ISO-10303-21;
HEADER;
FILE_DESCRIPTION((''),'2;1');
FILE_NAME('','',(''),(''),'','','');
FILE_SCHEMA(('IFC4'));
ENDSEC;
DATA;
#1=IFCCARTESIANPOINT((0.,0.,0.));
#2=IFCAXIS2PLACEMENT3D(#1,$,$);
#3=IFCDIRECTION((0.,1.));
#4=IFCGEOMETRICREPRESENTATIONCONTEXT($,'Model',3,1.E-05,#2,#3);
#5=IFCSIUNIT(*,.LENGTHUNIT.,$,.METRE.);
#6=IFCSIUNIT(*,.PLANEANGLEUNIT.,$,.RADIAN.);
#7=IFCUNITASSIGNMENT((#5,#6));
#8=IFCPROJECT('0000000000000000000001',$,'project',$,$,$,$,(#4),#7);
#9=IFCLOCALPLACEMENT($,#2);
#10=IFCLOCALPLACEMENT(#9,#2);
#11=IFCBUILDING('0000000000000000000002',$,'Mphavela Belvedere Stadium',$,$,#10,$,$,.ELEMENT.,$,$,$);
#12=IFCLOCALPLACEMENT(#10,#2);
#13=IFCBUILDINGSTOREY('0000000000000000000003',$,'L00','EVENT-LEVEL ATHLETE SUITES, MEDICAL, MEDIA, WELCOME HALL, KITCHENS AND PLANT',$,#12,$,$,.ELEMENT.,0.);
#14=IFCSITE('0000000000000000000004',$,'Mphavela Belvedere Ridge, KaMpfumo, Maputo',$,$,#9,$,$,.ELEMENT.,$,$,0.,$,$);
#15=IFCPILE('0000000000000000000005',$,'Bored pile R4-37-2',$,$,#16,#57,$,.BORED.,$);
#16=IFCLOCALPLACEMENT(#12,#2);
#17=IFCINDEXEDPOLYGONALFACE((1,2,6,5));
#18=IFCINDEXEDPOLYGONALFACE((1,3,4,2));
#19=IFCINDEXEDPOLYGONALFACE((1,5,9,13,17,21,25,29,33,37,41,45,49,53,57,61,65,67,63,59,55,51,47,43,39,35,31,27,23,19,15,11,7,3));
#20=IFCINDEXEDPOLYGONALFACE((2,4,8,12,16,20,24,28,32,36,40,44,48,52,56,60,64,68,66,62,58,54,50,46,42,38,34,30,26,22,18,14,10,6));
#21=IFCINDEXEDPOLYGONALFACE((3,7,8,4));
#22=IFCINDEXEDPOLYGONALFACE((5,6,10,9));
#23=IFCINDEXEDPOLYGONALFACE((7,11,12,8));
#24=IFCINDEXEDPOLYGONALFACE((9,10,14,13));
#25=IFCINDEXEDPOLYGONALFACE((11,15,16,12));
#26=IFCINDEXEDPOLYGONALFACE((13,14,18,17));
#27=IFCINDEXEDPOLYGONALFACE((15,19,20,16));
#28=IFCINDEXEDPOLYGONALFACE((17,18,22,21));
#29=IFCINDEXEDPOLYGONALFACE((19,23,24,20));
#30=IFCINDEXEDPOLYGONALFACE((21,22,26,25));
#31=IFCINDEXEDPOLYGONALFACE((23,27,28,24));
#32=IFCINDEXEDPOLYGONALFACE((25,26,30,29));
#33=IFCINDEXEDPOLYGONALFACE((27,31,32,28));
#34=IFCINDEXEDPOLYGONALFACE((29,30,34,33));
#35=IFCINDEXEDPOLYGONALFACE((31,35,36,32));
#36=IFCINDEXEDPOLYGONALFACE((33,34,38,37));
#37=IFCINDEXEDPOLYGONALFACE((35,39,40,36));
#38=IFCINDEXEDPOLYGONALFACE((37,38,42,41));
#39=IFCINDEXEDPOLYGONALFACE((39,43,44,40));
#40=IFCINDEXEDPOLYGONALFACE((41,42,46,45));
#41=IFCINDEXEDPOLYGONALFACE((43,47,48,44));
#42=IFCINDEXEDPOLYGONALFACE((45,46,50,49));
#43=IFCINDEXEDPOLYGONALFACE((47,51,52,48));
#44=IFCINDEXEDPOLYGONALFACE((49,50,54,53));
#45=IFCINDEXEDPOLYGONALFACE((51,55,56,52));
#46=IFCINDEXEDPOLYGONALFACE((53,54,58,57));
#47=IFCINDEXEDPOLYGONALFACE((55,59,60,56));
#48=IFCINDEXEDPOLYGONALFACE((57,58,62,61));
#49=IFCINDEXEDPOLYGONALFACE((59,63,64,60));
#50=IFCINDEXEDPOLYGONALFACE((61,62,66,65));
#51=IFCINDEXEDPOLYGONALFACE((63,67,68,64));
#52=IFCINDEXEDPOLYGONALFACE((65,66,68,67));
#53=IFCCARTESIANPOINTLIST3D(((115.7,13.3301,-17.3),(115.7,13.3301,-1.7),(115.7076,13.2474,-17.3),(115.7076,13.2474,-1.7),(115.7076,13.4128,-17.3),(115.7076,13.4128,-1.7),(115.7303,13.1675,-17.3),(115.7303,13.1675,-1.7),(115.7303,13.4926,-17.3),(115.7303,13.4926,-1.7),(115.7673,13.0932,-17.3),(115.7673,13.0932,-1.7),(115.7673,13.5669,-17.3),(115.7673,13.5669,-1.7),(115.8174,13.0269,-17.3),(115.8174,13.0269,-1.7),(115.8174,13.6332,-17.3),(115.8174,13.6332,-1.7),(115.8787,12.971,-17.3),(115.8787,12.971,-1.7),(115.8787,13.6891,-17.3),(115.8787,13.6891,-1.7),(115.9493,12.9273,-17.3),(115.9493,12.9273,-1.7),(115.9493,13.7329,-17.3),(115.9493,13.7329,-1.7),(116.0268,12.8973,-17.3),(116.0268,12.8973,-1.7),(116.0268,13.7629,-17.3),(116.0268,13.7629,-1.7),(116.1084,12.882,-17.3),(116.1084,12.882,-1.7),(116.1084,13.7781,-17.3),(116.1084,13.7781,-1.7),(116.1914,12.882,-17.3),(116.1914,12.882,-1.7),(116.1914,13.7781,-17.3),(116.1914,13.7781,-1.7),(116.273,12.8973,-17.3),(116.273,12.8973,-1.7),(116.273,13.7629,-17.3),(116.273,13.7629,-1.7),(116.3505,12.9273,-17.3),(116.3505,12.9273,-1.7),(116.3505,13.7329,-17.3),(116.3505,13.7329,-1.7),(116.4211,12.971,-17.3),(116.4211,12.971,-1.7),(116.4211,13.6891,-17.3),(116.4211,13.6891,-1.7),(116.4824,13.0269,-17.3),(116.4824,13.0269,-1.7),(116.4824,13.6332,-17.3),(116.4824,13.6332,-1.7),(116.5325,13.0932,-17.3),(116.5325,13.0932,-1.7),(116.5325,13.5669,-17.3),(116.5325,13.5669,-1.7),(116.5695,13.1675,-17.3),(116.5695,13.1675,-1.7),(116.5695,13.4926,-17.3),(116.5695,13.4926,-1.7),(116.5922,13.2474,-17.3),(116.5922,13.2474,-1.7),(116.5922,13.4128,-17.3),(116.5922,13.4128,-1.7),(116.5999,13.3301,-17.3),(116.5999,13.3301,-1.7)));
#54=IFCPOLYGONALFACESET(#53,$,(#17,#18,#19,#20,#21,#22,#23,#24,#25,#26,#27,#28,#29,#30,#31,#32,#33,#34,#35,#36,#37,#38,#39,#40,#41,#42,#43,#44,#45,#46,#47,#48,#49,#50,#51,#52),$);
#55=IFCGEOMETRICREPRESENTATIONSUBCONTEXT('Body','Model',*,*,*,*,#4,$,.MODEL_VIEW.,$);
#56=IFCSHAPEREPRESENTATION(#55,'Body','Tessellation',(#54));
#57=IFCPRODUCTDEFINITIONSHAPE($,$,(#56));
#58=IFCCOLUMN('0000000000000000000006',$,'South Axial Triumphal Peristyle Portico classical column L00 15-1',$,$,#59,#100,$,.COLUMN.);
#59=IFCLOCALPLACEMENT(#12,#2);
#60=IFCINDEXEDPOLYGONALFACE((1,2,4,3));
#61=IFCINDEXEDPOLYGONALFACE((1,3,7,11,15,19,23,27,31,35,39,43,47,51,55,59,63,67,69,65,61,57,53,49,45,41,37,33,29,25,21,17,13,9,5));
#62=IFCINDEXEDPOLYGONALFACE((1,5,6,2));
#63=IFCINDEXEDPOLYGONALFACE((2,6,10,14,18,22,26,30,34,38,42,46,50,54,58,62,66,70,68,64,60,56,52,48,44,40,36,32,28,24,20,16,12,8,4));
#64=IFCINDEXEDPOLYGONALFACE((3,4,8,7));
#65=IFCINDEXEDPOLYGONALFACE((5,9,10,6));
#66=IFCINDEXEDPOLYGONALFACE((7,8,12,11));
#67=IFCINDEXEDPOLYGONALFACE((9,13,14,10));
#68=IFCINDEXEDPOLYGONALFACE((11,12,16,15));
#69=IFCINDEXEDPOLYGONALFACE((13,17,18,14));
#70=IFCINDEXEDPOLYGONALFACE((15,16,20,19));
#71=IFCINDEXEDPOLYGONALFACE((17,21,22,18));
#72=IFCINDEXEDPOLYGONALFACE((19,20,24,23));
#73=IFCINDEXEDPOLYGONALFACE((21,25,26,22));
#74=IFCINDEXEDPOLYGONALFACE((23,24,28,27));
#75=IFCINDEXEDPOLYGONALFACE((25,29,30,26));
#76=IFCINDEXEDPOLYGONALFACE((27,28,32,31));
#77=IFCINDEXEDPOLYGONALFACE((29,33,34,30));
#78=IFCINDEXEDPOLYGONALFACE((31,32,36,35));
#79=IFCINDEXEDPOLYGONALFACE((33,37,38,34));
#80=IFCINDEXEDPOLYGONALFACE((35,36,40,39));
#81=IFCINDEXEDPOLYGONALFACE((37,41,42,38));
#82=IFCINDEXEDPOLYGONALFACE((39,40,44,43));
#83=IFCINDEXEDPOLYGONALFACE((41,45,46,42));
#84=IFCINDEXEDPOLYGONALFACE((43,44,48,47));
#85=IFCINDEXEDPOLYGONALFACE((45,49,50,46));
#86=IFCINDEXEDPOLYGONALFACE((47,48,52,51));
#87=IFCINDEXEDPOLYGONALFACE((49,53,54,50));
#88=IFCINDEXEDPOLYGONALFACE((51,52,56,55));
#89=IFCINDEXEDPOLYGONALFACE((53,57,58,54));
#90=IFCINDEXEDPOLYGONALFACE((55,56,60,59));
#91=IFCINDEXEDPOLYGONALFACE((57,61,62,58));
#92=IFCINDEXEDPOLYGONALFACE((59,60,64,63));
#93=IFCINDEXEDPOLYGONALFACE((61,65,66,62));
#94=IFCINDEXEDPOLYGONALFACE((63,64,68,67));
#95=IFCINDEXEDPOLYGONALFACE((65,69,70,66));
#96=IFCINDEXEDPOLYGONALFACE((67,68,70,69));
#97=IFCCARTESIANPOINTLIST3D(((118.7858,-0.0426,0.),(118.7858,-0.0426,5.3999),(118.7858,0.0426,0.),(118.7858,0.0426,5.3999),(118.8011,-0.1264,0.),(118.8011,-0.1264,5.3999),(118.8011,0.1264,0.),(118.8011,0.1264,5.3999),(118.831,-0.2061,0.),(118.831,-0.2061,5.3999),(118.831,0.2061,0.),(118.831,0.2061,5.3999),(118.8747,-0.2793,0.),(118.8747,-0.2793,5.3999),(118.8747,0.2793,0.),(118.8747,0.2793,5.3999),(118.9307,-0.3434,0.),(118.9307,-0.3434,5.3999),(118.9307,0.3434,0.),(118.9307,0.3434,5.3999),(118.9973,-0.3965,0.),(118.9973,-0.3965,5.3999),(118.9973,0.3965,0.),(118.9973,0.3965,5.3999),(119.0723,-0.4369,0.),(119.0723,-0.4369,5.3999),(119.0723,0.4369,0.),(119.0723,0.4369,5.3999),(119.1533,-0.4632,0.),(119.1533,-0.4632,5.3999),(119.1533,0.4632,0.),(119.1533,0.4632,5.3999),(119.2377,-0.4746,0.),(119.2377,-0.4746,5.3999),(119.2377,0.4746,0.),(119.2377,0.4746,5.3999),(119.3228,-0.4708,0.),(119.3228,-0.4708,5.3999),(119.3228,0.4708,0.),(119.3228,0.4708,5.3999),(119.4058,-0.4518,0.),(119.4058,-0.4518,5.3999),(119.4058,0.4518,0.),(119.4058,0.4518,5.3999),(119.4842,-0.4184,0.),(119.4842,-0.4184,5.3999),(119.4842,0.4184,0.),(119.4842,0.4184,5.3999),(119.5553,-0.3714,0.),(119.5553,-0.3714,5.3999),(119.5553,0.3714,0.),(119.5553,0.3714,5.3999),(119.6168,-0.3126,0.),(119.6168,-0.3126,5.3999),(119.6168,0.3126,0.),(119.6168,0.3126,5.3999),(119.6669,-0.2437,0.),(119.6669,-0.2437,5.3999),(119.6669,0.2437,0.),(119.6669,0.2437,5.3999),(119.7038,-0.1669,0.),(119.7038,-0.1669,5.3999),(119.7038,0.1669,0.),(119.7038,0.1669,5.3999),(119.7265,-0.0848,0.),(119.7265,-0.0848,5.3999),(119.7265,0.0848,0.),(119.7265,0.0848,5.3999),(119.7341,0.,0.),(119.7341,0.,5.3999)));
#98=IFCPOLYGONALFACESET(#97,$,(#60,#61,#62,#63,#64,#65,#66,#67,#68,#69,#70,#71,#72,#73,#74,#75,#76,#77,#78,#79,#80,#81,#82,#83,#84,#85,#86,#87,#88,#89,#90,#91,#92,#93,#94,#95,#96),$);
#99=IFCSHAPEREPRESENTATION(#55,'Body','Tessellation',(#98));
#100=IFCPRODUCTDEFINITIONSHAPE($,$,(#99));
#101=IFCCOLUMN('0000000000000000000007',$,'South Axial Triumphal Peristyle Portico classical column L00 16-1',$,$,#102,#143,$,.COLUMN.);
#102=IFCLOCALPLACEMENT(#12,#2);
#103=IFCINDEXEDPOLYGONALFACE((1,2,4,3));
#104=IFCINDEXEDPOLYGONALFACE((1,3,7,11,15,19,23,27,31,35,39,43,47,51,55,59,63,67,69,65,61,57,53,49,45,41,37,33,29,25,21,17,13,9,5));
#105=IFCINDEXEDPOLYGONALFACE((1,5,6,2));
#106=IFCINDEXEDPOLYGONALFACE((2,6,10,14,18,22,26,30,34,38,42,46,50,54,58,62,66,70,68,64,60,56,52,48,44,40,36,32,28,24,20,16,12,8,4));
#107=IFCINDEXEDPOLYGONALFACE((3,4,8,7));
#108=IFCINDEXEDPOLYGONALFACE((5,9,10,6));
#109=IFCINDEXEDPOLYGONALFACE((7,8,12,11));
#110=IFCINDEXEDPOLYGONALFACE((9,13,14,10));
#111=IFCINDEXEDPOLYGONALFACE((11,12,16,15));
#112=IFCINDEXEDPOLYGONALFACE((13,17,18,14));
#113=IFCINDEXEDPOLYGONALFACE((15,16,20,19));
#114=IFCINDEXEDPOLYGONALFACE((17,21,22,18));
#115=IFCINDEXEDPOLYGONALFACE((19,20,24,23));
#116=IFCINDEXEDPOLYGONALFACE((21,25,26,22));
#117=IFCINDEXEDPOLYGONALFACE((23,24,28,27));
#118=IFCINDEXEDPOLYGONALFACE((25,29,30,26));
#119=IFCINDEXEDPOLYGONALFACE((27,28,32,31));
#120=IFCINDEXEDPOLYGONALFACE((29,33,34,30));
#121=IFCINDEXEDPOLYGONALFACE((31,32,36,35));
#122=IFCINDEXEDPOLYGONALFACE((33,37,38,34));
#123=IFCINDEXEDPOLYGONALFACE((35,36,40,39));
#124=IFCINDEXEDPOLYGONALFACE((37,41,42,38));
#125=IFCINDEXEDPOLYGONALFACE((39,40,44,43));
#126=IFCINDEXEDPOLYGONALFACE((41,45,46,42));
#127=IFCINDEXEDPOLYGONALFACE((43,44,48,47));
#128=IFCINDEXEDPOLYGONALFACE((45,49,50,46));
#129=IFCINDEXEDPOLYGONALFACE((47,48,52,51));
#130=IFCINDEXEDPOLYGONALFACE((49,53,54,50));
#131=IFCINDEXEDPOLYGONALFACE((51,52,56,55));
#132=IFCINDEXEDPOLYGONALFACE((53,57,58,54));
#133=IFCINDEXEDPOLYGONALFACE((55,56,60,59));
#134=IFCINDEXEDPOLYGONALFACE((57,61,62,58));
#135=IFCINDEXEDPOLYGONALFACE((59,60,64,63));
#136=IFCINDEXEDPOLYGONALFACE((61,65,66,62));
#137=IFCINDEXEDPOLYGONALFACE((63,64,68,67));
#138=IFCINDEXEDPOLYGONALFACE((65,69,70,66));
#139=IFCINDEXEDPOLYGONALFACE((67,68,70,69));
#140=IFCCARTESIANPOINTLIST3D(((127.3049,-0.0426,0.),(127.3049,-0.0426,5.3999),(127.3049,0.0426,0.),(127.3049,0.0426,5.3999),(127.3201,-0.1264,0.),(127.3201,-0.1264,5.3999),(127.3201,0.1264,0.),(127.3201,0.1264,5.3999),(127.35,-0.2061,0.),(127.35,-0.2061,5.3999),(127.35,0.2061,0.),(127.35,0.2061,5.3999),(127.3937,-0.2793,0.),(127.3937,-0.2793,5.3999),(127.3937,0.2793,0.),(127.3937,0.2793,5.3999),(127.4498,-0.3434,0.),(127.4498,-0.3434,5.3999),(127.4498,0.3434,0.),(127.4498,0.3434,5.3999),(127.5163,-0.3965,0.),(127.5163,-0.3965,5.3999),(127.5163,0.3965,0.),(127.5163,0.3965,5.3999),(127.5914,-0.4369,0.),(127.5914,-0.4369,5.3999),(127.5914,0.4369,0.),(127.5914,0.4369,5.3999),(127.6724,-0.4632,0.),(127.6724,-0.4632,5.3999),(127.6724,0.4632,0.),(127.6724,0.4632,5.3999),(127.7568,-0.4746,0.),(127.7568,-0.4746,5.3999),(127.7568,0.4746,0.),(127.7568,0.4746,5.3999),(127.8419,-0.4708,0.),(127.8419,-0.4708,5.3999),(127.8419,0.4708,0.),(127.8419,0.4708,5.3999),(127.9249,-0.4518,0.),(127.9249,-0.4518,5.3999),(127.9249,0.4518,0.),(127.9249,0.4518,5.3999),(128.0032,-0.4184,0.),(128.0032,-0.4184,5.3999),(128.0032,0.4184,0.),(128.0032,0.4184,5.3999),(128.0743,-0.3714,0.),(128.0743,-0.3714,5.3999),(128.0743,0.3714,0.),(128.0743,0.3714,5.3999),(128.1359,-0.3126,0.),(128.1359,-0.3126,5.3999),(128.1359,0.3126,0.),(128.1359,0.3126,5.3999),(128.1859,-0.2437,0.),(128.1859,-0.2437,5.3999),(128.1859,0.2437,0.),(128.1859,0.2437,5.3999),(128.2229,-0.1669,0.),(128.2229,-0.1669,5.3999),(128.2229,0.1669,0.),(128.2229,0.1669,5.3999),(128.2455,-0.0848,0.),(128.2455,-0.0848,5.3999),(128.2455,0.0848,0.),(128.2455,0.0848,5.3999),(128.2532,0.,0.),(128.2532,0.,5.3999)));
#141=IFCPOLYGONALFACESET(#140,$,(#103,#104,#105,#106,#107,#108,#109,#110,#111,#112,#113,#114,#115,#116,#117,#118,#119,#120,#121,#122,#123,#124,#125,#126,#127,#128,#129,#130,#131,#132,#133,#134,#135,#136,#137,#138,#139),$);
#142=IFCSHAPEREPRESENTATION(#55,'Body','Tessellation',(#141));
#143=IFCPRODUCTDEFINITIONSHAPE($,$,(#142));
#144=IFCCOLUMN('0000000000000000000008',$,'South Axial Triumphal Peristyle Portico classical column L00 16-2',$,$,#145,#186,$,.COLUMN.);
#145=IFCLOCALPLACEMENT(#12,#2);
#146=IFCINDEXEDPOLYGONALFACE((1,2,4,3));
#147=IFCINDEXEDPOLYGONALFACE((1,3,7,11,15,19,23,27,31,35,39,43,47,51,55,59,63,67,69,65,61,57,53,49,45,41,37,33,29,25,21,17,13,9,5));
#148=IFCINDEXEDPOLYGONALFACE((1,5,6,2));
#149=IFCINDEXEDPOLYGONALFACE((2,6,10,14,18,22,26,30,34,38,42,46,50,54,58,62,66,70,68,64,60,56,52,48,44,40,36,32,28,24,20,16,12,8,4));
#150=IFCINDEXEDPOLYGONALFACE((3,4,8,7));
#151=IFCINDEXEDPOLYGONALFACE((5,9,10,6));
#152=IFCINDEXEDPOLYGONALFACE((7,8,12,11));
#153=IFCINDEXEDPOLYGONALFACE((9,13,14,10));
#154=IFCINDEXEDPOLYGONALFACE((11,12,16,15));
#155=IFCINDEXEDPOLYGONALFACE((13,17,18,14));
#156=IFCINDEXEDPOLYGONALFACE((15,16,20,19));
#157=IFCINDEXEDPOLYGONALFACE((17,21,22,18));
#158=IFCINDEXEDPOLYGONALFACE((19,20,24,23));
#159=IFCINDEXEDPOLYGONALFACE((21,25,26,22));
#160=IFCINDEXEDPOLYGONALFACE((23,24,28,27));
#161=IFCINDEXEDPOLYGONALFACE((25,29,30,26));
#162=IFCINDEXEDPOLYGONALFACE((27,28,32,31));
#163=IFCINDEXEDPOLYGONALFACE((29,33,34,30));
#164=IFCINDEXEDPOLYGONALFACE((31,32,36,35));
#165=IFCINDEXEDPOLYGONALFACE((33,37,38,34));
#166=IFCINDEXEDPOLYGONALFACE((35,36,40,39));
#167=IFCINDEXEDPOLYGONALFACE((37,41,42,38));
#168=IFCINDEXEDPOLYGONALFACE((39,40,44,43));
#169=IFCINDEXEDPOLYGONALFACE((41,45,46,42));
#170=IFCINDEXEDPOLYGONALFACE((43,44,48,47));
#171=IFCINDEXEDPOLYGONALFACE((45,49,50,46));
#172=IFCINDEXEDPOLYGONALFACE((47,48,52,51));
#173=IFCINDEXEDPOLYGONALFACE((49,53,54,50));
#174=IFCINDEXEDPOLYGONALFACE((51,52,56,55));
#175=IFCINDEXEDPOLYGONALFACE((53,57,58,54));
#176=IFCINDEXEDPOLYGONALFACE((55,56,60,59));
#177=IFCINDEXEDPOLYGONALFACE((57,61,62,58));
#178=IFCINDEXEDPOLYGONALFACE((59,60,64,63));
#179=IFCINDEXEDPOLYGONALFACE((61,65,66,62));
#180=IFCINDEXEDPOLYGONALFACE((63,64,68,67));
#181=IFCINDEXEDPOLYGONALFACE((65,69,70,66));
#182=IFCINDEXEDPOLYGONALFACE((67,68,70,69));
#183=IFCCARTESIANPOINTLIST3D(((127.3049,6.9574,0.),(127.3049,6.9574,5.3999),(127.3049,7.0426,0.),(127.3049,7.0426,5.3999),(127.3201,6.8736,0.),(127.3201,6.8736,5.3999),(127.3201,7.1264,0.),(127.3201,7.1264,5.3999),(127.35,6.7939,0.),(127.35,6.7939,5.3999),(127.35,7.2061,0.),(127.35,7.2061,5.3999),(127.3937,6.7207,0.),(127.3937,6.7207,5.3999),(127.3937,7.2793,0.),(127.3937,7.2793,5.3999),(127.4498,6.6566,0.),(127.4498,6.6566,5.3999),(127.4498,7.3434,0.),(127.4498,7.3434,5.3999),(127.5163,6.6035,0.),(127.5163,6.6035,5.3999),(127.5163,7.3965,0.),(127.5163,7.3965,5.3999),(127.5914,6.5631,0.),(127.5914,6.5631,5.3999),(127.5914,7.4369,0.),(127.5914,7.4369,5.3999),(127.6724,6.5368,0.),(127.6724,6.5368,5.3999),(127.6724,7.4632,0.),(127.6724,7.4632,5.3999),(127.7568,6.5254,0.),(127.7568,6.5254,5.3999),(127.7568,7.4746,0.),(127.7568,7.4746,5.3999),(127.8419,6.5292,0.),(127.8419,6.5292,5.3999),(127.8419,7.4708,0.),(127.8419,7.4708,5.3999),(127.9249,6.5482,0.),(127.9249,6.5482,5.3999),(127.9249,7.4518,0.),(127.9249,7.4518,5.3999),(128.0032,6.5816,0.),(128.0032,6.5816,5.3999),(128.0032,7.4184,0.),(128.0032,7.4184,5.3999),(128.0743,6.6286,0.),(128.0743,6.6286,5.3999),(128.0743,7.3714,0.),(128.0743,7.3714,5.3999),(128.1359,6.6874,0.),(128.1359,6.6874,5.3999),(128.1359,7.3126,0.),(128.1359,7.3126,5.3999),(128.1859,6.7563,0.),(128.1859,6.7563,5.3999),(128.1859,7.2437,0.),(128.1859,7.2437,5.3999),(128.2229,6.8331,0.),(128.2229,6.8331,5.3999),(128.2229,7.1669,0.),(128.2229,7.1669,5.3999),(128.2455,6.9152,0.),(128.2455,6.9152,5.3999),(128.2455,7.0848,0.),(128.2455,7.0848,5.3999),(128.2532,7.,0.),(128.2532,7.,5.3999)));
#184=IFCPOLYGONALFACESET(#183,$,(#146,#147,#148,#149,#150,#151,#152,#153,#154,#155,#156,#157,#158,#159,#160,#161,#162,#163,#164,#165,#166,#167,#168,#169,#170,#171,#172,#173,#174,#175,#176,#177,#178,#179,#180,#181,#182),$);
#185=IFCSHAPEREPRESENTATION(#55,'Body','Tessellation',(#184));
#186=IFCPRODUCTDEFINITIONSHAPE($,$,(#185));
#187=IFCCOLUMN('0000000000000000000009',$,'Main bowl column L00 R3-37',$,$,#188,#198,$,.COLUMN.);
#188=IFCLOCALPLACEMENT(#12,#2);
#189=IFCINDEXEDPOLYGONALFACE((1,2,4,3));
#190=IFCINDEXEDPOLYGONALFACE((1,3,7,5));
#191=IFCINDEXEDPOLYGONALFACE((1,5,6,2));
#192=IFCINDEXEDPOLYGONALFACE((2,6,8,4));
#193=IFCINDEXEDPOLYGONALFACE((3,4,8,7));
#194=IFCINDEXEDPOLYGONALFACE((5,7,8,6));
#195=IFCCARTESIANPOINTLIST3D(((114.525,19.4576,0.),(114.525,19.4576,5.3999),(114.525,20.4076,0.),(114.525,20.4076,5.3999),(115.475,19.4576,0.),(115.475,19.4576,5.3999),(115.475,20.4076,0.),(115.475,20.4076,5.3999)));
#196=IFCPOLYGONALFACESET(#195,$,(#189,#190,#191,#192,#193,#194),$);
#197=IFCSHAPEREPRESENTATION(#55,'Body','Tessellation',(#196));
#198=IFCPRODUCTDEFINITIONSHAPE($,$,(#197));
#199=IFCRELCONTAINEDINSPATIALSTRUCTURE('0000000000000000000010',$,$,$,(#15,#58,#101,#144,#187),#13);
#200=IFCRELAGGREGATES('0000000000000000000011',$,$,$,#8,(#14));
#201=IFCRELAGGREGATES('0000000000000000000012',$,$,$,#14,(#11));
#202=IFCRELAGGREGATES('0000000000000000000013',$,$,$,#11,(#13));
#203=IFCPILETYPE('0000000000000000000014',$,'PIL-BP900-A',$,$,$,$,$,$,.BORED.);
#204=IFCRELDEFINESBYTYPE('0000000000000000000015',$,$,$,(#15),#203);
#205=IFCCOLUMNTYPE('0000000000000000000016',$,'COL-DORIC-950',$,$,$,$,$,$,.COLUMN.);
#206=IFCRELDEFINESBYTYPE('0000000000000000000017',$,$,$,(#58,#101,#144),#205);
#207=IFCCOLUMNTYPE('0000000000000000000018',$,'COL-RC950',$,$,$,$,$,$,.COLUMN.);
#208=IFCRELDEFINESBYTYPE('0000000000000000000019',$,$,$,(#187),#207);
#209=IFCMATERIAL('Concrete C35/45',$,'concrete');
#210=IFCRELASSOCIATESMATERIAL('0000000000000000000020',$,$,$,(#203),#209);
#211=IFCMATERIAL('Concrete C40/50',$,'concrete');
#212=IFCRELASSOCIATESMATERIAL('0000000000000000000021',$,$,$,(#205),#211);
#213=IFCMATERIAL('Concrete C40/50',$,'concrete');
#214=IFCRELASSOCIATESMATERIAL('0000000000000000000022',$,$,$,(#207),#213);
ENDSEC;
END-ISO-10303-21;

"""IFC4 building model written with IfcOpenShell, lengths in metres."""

from ifc_helpers import new_model, si_unit, direction, frame, origin, origin_2d, place, context, subcontext, project, spatial, rectangle, circle, extrude, material, material_profile, profile_set, type_object, element, save


model = new_model("IFC4")

# Units and contexts
model_context = context("Model", 3, precision=1e-05, world=origin(), true_north=direction((0.0, 1.0)))
body_context = subcontext(model_context, "Body", "Model", "MODEL_VIEW")
ifc_project = project(units=[si_unit("LENGTHUNIT", "METRE"), si_unit("PLANEANGLEUNIT", "RADIAN")], contexts=[model_context])

# Site, building, storey
site_placement = place(None, origin())
site = spatial("IfcSite", under=ifc_project, at=site_placement, Name="Mphavela Belvedere Ridge, KaMpfumo, Maputo", CompositionType="ELEMENT", RefElevation=0.0)
building_placement = place(site_placement, origin())
building = spatial("IfcBuilding", under=site, at=building_placement, Name="Mphavela Belvedere Stadium", CompositionType="ELEMENT")
storey_placement = place(building_placement, origin())
storey = spatial("IfcBuildingStorey", under=building, at=storey_placement, Name="L00", Description="EVENT-LEVEL ATHLETE SUITES, MEDICAL, MEDIA, WELCOME HALL, KITCHENS AND PLANT", CompositionType="ELEMENT", Elevation=0.0)

# Pile
ifc_material_1 = material(Name="Concrete C35/45", Category="concrete")
ifc_material_profile_1 = material_profile(ifc_material_1, circle(Radius=0.45, at=origin_2d()), Name="BP D900")
ifc_profile_set_1 = profile_set([ifc_material_profile_1], Name="Concrete C35/45")
pile_type_1 = type_object("IfcPileType", Name="PIL-BP900-A", PredefinedType="BORED", material=ifc_profile_set_1)
pile_placement = place(storey_placement, frame((116.1499, 13.3301, -1.7), z_axis=(0.0, 0.0, -1.0), x_axis=(1.0, 0.0, 0.0)))
element("IfcPile", 1, at=pile_placement, inside=storey, type_object=pile_type_1, Name="Bored pile R4-37-2", PredefinedType="BORED", context=body_context, shape_type="SweptSolid", body=[
    extrude(circle(Radius=0.45, at=origin_2d()), origin(), (0.0, 0.0, 1.0), 15.6001),
])

# Columns
ifc_material_2 = material(Name="Concrete C40/50", Category="concrete")
ifc_material_profile_2 = material_profile(ifc_material_2, circle(Radius=0.4751, at=origin_2d()), Name="COL D950")
ifc_profile_set_2 = profile_set([ifc_material_profile_2], Name="Concrete C40/50")
column_type_1 = type_object("IfcColumnType", Name="COL-DORIC-950", PredefinedType="COLUMN", material=ifc_profile_set_2)
for number, where, z_axis, x_axis, name in (
    (2, (119.259, 0.0, 0.0), (0.0, 0.0, 1.0), (1.0, 0.0, 0.0), "South Axial Triumphal Peristyle Portico classical column L00 15-1"),
    (3, (127.7781, 0.0, 0.0), (0.0, 0.0, 1.0), (1.0, 0.0, 0.0), "South Axial Triumphal Peristyle Portico classical column L00 16-1"),
    (4, (127.7781, 7.0, 0.0), (0.0, 0.0, 1.0), (1.0, 0.0, 0.0), "South Axial Triumphal Peristyle Portico classical column L00 16-2"),
):
    element("IfcColumn", number, at=place(storey_placement, frame(where, z_axis=z_axis, x_axis=x_axis)), inside=storey, type_object=column_type_1, Name=name, PredefinedType="COLUMN", context=body_context, shape_type="SweptSolid", body=[
        extrude(circle(Radius=0.4751, at=origin_2d()), origin(), (0.0, 0.0, 1.0), 5.3999),
    ])
ifc_material_3 = material(Name="Concrete C40/50", Category="concrete")
ifc_material_profile_3 = material_profile(ifc_material_3, rectangle(XDim=0.95, YDim=0.95, at=origin_2d()), Name="RC 950x950")
ifc_profile_set_3 = profile_set([ifc_material_profile_3], Name="Concrete C40/50")
column_type_2 = type_object("IfcColumnType", Name="COL-RC950", PredefinedType="COLUMN", material=ifc_profile_set_3)
column_placement = place(storey_placement, frame((115.0, 19.9326, 0.0), z_axis=(0.0, 0.0, 1.0), x_axis=(0.0, -1.0, 0.0)))
element("IfcColumn", 5, at=column_placement, inside=storey, type_object=column_type_2, Name="Main bowl column L00 R3-37", PredefinedType="COLUMN", context=body_context, shape_type="SweptSolid", body=[
    extrude(rectangle(XDim=0.95, YDim=0.95, at=origin_2d()), origin(), (0.0, 0.0, 1.0), 5.3999),
])

save(model, "model.ifc")
